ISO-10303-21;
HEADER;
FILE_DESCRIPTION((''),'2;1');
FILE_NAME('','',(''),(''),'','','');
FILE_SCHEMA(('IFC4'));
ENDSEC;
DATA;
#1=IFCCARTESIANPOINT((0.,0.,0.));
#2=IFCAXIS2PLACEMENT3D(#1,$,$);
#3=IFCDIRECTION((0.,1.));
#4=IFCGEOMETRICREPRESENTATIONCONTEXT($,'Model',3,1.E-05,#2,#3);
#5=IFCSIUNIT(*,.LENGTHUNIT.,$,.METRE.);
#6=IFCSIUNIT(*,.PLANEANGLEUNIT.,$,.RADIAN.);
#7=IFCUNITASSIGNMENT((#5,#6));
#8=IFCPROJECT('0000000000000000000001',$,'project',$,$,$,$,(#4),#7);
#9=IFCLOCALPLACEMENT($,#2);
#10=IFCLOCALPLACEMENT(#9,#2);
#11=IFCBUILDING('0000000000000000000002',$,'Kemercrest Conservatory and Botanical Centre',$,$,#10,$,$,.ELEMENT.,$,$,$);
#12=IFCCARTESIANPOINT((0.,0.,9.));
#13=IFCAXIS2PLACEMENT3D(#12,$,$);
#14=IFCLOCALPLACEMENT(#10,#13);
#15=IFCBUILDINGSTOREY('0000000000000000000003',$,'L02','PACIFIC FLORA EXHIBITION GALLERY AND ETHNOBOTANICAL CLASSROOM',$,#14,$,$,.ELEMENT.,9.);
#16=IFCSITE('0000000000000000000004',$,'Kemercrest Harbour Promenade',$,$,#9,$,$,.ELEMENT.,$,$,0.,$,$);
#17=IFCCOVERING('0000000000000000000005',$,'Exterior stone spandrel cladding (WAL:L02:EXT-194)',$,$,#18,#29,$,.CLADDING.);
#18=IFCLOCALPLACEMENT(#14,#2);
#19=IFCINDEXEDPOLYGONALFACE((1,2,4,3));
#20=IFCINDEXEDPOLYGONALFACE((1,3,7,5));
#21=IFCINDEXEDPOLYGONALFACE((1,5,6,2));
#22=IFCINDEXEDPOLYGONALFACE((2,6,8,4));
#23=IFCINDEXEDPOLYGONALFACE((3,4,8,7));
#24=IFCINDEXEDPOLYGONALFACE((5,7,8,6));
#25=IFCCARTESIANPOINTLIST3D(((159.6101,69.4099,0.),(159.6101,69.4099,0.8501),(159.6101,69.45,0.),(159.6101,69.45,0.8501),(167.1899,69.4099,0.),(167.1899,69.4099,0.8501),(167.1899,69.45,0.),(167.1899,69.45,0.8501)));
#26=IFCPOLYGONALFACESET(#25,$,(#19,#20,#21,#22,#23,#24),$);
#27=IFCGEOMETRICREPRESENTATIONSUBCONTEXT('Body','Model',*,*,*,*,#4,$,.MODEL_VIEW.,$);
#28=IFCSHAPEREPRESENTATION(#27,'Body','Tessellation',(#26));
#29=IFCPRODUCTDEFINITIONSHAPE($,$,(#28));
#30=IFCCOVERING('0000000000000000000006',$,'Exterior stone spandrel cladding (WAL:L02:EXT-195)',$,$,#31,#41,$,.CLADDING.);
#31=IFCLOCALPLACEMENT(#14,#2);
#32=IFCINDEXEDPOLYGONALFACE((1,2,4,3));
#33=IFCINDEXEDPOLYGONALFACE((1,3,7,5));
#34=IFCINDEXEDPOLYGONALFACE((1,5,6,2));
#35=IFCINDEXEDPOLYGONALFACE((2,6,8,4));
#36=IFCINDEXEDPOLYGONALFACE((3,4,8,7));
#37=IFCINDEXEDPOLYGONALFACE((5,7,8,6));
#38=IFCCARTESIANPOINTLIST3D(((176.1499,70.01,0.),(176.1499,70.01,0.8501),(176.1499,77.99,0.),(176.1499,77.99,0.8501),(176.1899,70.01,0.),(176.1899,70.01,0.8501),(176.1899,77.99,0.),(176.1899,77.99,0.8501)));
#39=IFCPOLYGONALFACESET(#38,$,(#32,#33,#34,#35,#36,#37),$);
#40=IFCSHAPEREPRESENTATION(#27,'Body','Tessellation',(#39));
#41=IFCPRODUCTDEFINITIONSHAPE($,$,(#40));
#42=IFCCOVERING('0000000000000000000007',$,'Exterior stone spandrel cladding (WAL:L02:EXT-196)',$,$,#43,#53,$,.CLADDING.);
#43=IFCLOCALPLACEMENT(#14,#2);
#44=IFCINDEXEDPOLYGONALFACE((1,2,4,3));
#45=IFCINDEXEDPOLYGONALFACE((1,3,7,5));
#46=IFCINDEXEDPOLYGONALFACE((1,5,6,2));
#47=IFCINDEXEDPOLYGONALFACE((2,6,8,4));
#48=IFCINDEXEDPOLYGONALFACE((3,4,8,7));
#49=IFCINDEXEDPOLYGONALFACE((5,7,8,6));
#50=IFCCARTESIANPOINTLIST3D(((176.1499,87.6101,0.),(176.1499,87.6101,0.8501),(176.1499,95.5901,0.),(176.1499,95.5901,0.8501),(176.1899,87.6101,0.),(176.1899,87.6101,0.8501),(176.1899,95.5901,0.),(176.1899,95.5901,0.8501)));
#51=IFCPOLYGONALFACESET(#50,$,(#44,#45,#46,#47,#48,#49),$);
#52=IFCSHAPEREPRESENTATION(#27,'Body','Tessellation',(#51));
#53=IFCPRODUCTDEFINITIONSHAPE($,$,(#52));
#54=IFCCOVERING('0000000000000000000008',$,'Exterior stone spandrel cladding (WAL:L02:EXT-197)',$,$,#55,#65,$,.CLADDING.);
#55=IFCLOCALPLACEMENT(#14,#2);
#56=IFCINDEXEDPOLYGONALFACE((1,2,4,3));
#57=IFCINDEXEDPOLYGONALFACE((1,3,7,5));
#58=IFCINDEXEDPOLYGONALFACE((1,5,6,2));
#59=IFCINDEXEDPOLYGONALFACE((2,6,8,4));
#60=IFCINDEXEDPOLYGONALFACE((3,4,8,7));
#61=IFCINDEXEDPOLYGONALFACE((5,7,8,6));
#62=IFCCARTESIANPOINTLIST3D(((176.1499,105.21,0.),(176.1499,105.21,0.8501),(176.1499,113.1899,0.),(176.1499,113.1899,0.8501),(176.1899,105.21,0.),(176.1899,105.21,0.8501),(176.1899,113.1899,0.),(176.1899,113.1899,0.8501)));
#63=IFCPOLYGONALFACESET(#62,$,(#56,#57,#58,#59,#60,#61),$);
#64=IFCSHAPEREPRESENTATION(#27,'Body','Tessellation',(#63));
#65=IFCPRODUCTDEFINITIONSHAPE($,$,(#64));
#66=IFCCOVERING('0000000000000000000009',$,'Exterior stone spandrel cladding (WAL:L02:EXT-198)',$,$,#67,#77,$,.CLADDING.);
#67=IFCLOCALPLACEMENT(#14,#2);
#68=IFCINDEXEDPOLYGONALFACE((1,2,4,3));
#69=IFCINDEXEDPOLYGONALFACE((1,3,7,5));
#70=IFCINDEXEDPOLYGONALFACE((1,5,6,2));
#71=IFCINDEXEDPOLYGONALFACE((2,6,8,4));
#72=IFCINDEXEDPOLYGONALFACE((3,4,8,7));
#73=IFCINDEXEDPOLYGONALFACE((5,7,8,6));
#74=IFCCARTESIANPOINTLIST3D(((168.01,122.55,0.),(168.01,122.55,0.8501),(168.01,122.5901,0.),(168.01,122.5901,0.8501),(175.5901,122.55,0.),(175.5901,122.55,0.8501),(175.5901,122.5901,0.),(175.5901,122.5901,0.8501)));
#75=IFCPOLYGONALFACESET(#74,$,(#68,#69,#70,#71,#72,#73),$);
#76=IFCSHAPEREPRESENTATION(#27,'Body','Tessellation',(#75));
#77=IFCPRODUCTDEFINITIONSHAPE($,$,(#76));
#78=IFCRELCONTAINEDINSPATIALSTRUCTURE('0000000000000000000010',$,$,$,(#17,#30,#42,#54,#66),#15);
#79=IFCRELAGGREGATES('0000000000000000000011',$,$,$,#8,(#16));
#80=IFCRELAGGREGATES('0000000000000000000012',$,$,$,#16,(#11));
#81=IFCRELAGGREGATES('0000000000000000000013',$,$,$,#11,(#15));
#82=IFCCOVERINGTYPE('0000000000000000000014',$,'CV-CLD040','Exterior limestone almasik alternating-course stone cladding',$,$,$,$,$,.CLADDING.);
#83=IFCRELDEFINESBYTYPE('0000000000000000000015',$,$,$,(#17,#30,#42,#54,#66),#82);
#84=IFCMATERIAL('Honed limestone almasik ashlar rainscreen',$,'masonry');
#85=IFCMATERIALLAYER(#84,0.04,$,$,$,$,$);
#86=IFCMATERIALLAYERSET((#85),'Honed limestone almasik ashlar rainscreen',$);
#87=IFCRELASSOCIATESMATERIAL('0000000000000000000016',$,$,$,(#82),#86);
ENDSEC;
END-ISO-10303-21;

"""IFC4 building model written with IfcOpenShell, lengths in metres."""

from ifc_helpers import new_model, si_unit, direction, frame, origin, place, context, subcontext, project, spatial, polyline, outline, extrude, material, layer, layer_set, type_object, element, save


model = new_model("IFC4")

# Units and contexts
model_context = context("Model", 3, precision=1e-05, world=origin(), true_north=direction((0.0, 1.0)))
body_context = subcontext(model_context, "Body", "Model", "MODEL_VIEW")
ifc_project = project(units=[si_unit("LENGTHUNIT", "METRE"), si_unit("PLANEANGLEUNIT", "RADIAN")], contexts=[model_context])

# Site, building, storey
site_placement = place(None, origin())
site = spatial("IfcSite", under=ifc_project, at=site_placement, Name="Kemercrest Harbour Promenade", CompositionType="ELEMENT", RefElevation=0.0)
building_placement = place(site_placement, origin())
building = spatial("IfcBuilding", under=site, at=building_placement, Name="Kemercrest Conservatory and Botanical Centre", CompositionType="ELEMENT")
storey_placement = place(building_placement, frame((0.0, 0.0, 9.0)))
storey = spatial("IfcBuildingStorey", under=building, at=storey_placement, Name="L02", Description="PACIFIC FLORA EXHIBITION GALLERY AND ETHNOBOTANICAL CLASSROOM", CompositionType="ELEMENT", Elevation=9.0)

# Coverings
ifc_material = material(Name="Honed limestone almasik ashlar rainscreen", Category="masonry")
ifc_layer = layer(ifc_material, 0.04)
ifc_layer_set = layer_set([ifc_layer], Name="Honed limestone almasik ashlar rainscreen")
covering_type = type_object("IfcCoveringType", Name="CV-CLD040", Description="Exterior limestone almasik alternating-course stone cladding", PredefinedType="CLADDING", material=ifc_layer_set)
covering_1_placement = place(storey_placement, origin())
element("IfcCovering", 1, at=covering_1_placement, inside=storey, type_object=covering_type, Name="Exterior stone spandrel cladding (WAL:L02:EXT-194)", PredefinedType="CLADDING", context=body_context, shape_type="SweptSolid", body=[
    extrude(outline(polyline([(159.6101, 69.45), (159.6101, 69.4099), (167.1899, 69.4099), (167.1899, 69.45), (159.6101, 69.45)])), origin(), (0.0, 0.0, 1.0), 0.8501),
])
covering_2_placement = place(storey_placement, origin())
element("IfcCovering", 2, at=covering_2_placement, inside=storey, type_object=covering_type, Name="Exterior stone spandrel cladding (WAL:L02:EXT-195)", PredefinedType="CLADDING", context=body_context, shape_type="SweptSolid", body=[
    extrude(outline(polyline([(176.1499, 70.01), (176.1899, 70.01), (176.1899, 77.99), (176.1499, 77.99), (176.1499, 70.01)])), origin(), (0.0, 0.0, 1.0), 0.8501),
])
covering_3_placement = place(storey_placement, origin())
element("IfcCovering", 3, at=covering_3_placement, inside=storey, type_object=covering_type, Name="Exterior stone spandrel cladding (WAL:L02:EXT-196)", PredefinedType="CLADDING", context=body_context, shape_type="SweptSolid", body=[
    extrude(outline(polyline([(176.1499, 87.6101), (176.1899, 87.6101), (176.1899, 95.5901), (176.1499, 95.5901), (176.1499, 87.6101)])), origin(), (0.0, 0.0, 1.0), 0.8501),
])
covering_4_placement = place(storey_placement, origin())
element("IfcCovering", 4, at=covering_4_placement, inside=storey, type_object=covering_type, Name="Exterior stone spandrel cladding (WAL:L02:EXT-197)", PredefinedType="CLADDING", context=body_context, shape_type="SweptSolid", body=[
    extrude(outline(polyline([(176.1499, 105.21), (176.1899, 105.21), (176.1899, 113.1899), (176.1499, 113.1899), (176.1499, 105.21)])), origin(), (0.0, 0.0, 1.0), 0.8501),
])
covering_5_placement = place(storey_placement, origin())
element("IfcCovering", 5, at=covering_5_placement, inside=storey, type_object=covering_type, Name="Exterior stone spandrel cladding (WAL:L02:EXT-198)", PredefinedType="CLADDING", context=body_context, shape_type="SweptSolid", body=[
    extrude(outline(polyline([(175.5901, 122.55), (175.5901, 122.5901), (168.01, 122.5901), (168.01, 122.55), (175.5901, 122.55)])), origin(), (0.0, 0.0, 1.0), 0.8501),
])

save(model, "model.ifc")
